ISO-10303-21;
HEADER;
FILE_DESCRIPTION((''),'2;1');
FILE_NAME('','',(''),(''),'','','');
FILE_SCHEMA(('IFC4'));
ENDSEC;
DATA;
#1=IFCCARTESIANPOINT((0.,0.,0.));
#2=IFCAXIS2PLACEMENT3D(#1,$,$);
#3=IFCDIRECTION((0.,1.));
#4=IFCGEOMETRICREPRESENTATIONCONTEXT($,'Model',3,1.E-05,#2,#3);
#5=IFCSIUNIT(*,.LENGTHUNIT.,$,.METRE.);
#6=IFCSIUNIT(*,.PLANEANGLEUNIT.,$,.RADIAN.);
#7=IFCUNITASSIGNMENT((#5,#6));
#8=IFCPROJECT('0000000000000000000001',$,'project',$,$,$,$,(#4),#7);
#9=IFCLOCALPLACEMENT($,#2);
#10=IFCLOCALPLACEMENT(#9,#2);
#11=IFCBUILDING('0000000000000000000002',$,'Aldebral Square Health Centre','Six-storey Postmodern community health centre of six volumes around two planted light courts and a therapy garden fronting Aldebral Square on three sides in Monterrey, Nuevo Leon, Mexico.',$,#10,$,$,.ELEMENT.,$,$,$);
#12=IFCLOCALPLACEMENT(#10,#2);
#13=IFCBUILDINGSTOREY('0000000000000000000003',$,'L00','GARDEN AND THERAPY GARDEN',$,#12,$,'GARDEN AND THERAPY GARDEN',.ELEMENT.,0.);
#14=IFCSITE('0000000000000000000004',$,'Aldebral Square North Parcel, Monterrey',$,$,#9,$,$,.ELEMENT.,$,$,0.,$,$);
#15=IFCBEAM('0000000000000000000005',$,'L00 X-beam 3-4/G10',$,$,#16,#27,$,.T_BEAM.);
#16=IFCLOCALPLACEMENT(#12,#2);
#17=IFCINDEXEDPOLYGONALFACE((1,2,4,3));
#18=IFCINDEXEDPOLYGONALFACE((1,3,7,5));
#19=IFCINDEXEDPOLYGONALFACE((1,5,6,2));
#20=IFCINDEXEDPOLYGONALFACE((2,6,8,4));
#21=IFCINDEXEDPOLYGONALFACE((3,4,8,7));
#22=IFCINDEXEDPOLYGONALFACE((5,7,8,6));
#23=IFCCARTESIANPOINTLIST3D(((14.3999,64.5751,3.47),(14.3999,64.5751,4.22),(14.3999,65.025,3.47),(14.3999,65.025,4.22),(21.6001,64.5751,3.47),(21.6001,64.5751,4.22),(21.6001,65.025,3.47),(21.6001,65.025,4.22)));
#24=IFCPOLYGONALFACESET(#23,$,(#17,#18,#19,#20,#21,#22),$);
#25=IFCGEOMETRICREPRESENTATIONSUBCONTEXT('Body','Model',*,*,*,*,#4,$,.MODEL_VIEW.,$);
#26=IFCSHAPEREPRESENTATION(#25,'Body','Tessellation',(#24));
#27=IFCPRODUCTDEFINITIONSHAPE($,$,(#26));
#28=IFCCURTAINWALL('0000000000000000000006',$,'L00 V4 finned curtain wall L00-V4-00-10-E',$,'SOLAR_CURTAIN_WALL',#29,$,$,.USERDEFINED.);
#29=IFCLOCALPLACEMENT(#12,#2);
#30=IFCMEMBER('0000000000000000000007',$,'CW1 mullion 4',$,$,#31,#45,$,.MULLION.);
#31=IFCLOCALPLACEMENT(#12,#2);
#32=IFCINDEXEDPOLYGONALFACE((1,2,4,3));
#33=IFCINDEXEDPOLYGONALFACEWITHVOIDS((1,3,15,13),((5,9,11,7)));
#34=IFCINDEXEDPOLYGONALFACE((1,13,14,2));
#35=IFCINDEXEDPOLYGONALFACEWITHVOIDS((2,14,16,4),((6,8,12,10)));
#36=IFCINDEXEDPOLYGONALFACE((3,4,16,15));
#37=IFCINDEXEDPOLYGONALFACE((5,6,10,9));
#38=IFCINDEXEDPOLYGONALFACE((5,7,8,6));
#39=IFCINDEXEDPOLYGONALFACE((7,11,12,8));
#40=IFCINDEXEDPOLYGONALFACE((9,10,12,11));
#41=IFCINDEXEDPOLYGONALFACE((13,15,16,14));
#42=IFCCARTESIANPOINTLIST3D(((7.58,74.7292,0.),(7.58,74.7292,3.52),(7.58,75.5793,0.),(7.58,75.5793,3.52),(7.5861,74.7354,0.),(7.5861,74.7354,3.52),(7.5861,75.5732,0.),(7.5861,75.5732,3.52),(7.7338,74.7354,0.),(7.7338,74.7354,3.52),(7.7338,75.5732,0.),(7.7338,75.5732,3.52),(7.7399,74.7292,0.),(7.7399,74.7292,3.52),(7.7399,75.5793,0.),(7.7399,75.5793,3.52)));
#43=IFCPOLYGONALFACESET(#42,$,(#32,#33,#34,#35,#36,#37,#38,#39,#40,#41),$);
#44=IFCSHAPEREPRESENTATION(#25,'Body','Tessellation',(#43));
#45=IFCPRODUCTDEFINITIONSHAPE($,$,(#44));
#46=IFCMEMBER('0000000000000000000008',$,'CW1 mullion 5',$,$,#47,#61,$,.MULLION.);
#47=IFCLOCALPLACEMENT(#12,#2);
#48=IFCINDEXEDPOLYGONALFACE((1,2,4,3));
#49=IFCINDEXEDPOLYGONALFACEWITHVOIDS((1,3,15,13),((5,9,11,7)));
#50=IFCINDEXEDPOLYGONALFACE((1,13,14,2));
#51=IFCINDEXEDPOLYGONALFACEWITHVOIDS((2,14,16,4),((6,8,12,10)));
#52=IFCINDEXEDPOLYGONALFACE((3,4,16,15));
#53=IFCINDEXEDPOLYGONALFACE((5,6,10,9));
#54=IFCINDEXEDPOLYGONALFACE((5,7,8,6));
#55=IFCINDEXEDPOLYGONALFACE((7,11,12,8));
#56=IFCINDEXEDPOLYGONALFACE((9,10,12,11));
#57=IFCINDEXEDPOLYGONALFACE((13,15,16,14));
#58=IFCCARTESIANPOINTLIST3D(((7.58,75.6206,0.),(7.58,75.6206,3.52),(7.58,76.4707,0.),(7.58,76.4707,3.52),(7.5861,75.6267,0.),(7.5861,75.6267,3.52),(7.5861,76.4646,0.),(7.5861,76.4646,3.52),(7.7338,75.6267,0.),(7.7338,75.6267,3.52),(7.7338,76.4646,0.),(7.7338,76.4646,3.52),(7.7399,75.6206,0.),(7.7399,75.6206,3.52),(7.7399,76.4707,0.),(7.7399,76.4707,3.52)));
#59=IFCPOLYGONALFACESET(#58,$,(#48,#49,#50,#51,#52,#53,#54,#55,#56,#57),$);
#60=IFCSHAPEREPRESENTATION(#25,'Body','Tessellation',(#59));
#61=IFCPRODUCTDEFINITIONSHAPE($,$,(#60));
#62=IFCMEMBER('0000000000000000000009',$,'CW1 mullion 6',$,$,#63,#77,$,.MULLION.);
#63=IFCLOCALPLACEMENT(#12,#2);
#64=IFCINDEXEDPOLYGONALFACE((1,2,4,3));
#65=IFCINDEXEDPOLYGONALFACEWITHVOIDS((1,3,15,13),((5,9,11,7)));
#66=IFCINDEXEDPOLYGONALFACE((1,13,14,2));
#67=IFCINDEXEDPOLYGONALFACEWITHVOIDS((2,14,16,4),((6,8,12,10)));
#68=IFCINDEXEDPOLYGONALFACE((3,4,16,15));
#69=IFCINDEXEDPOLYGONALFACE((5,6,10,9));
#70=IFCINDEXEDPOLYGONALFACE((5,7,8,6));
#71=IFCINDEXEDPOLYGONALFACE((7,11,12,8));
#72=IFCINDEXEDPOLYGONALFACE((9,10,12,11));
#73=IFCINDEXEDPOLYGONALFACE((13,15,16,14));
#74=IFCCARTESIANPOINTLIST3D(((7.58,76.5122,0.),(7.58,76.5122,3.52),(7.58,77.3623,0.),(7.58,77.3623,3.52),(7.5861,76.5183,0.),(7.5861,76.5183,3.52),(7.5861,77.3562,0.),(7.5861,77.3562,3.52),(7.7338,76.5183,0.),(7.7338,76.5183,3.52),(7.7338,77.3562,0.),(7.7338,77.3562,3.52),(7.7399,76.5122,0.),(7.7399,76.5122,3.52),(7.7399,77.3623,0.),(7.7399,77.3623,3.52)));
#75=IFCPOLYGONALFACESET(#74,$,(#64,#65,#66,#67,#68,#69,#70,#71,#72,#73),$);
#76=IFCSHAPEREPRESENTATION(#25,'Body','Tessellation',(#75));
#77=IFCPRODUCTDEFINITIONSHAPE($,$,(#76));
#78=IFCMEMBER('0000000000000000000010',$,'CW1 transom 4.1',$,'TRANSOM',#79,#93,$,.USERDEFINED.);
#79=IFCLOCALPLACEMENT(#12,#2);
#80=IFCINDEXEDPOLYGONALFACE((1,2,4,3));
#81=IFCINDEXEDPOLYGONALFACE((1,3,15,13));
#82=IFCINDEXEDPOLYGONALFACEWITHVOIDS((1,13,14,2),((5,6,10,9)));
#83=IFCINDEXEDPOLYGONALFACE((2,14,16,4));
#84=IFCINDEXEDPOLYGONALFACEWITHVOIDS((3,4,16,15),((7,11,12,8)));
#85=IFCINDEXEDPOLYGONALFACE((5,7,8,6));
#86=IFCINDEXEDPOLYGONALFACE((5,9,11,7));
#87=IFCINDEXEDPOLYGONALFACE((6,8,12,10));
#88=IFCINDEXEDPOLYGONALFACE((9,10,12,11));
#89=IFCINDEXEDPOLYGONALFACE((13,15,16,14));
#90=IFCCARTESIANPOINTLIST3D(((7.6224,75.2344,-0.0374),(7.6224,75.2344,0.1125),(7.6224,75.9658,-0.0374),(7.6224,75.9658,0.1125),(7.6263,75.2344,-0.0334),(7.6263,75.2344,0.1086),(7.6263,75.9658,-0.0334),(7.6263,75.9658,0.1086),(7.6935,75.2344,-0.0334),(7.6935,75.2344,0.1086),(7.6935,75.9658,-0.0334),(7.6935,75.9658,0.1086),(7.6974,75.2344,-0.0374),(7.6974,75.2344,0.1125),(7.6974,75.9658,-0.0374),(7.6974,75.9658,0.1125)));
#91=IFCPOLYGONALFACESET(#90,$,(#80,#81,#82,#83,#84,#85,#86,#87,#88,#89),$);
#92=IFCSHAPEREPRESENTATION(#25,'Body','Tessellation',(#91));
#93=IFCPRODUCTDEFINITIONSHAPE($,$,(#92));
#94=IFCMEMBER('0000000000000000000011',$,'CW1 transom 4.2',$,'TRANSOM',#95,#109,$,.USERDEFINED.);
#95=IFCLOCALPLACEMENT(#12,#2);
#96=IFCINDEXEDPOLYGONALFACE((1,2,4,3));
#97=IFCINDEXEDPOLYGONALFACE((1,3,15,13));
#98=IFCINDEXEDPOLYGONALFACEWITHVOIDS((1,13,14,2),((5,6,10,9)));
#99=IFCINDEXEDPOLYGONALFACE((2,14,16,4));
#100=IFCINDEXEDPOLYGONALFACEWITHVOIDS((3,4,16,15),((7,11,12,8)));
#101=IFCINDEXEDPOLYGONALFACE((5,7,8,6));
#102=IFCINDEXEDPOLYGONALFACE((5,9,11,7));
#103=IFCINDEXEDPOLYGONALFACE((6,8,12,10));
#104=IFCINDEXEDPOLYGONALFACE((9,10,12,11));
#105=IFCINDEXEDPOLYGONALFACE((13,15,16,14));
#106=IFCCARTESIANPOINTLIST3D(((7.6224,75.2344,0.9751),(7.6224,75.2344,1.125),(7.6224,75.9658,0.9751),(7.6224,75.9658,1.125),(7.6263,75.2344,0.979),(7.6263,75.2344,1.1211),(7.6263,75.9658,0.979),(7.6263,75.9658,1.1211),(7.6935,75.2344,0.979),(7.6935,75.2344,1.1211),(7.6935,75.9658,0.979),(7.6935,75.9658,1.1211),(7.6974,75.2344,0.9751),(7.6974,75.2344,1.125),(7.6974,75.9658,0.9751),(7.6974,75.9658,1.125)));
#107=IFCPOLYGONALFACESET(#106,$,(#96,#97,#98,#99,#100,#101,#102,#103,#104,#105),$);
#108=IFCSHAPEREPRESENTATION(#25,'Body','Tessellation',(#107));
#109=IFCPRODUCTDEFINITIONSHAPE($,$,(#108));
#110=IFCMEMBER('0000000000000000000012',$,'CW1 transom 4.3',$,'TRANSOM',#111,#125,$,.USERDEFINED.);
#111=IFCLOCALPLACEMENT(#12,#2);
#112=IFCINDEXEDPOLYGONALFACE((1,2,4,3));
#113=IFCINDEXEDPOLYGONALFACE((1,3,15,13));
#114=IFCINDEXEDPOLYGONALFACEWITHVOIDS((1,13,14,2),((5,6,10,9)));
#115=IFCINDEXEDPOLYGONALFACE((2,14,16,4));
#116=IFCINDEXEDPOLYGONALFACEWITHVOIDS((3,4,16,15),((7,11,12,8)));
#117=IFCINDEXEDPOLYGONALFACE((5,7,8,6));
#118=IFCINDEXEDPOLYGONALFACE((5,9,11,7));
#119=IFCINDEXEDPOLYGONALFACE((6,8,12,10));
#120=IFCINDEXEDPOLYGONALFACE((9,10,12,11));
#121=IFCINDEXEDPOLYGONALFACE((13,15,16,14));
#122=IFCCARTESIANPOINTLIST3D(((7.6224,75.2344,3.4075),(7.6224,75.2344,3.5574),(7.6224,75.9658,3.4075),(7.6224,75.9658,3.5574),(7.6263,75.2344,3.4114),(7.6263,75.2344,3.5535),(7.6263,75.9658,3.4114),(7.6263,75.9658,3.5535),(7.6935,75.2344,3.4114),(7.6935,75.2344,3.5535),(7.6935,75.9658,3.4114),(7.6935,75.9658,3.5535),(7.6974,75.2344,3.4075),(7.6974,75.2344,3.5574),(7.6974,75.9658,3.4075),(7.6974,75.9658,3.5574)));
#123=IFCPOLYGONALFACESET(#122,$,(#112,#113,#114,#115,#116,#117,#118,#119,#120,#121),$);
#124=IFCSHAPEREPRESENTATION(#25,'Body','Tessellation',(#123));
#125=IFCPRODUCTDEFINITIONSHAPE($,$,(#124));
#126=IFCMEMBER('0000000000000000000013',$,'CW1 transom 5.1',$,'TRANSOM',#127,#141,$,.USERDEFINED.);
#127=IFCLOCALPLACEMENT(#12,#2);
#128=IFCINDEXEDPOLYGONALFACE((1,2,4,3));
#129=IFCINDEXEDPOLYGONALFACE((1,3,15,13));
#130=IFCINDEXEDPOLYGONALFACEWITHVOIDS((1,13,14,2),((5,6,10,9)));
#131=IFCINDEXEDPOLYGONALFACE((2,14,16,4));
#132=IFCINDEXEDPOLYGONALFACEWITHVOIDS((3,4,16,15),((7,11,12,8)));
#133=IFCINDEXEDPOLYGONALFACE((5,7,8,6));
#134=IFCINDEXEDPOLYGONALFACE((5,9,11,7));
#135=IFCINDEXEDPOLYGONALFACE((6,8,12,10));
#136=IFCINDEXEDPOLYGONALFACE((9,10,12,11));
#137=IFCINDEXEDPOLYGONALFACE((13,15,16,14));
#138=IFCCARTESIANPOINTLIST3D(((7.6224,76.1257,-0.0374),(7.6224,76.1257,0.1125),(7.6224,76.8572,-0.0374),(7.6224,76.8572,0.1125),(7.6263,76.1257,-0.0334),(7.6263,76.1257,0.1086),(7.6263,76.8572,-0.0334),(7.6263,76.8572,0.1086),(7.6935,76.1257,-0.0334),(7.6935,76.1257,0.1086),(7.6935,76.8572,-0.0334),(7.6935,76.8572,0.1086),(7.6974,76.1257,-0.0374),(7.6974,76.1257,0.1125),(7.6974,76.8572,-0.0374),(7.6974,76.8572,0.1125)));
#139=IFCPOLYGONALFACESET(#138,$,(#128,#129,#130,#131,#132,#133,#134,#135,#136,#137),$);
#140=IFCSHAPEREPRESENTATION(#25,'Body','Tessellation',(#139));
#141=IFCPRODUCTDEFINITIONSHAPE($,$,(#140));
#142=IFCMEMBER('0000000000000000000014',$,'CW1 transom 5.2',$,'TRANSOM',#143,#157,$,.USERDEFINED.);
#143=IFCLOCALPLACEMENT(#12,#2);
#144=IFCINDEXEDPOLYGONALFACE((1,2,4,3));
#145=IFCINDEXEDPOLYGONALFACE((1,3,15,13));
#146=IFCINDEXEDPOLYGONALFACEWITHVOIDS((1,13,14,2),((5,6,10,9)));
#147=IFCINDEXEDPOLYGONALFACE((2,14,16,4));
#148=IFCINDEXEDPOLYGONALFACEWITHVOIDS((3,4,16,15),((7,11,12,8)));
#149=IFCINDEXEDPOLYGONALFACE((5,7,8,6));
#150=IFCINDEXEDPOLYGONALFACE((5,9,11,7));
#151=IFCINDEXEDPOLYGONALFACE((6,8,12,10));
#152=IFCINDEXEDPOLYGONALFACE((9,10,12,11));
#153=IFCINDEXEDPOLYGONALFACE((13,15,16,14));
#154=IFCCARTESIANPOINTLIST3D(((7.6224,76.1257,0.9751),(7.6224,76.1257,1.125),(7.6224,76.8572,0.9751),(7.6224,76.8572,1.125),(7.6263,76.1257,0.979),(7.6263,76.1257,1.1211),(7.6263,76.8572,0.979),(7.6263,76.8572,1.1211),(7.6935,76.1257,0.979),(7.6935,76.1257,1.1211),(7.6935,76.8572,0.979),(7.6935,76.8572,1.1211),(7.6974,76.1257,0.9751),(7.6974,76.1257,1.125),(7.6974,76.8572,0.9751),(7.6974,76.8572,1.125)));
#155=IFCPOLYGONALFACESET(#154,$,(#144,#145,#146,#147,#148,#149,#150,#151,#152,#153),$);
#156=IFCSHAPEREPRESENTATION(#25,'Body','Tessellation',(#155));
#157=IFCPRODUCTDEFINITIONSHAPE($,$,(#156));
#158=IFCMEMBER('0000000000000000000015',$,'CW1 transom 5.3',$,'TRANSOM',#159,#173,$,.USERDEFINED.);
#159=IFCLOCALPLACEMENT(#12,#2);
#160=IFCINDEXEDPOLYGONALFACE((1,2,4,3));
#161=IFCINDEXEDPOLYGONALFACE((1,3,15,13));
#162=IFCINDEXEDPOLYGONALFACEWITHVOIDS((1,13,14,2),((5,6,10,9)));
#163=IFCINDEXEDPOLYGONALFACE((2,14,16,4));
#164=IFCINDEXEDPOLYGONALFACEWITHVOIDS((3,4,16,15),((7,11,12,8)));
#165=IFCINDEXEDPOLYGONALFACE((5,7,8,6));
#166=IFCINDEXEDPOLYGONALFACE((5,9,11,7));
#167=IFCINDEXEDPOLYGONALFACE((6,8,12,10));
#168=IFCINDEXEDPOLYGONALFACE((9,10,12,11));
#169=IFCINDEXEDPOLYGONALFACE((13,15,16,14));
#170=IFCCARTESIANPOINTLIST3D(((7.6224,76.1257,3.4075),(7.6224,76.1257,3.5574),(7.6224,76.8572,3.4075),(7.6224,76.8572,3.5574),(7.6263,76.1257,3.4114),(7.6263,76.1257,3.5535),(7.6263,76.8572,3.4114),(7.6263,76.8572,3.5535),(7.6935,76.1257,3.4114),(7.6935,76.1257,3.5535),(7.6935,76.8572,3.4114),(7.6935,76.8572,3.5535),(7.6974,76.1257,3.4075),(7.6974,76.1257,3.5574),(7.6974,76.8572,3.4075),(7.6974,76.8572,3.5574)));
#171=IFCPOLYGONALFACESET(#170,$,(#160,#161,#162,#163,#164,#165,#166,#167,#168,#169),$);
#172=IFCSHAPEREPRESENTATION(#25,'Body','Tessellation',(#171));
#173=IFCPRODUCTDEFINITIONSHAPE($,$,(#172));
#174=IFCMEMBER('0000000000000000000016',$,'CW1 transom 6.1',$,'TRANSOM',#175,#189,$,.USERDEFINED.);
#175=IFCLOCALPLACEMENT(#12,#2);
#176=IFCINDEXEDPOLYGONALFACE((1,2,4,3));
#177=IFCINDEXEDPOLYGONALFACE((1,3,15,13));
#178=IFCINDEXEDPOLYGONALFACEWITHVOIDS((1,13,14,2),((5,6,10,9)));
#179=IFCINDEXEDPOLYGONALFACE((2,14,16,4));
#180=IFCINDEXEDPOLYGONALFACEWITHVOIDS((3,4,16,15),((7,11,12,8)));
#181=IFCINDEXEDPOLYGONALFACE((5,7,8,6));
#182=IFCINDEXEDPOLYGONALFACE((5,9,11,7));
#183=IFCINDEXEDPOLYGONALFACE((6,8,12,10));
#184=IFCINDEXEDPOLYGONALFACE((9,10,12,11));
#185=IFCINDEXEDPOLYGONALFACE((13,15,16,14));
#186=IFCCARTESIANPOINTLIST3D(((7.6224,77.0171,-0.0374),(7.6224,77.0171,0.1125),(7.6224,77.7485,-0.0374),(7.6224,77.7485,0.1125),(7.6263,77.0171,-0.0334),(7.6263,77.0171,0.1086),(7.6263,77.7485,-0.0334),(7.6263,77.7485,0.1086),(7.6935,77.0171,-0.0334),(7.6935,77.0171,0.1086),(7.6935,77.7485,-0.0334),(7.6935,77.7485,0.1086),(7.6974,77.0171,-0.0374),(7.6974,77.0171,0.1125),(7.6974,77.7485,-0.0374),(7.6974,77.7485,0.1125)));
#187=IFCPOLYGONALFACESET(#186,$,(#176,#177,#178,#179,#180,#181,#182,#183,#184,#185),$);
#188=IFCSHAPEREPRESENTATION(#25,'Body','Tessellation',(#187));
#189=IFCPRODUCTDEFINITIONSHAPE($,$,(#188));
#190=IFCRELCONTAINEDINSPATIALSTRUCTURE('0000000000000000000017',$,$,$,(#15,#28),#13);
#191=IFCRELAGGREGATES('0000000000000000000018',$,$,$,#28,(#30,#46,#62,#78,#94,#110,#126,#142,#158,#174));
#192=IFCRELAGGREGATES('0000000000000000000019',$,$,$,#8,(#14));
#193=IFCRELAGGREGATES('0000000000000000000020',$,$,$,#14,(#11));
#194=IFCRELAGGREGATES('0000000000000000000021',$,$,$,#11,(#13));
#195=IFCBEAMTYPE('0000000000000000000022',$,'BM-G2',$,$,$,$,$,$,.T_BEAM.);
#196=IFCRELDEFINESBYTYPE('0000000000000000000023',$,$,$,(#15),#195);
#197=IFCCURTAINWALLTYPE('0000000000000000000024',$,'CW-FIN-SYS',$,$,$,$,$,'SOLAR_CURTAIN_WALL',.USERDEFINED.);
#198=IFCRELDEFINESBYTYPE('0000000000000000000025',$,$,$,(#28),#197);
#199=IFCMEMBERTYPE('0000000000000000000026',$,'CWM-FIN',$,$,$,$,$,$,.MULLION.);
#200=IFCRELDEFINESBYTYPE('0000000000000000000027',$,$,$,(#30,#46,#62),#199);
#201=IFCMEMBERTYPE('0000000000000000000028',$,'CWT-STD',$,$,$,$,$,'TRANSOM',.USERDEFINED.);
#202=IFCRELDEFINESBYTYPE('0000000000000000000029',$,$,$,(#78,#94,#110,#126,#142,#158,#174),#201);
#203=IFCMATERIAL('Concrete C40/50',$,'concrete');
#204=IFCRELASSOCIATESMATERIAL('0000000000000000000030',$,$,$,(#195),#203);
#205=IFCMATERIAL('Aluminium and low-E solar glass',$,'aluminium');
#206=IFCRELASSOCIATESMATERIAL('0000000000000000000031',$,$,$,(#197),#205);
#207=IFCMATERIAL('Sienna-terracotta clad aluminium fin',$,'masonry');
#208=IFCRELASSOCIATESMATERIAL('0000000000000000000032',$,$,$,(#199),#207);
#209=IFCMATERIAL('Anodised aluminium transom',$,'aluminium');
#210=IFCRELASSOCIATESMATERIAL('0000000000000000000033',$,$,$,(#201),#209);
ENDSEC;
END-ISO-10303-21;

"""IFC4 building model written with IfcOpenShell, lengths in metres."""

from ifc_helpers import new_model, si_unit, direction, frame, origin, origin_2d, place, context, subcontext, project, spatial, rectangle, hollow_rectangle, extrude, material, material_profile, profile_set, type_object, element, aggregate, save


model = new_model("IFC4")

# Units and contexts
model_context = context("Model", 3, precision=1e-05, world=origin(), true_north=direction((0.0, 1.0)))
body_context = subcontext(model_context, "Body", "Model", "MODEL_VIEW")
ifc_project = project(units=[si_unit("LENGTHUNIT", "METRE"), si_unit("PLANEANGLEUNIT", "RADIAN")], contexts=[model_context])

# Site, building, storey
site_placement = place(None, origin())
site = spatial("IfcSite", under=ifc_project, at=site_placement, Name="Aldebral Square North Parcel, Monterrey", CompositionType="ELEMENT", RefElevation=0.0)
building_placement = place(site_placement, origin())
building = spatial("IfcBuilding", under=site, at=building_placement, Name="Aldebral Square Health Centre", Description="Six-storey Postmodern community health centre of six volumes around two planted light courts and a therapy garden fronting Aldebral Square on three sides in Monterrey, Nuevo Leon, Mexico.", CompositionType="ELEMENT")
storey_placement = place(building_placement, origin())
storey = spatial("IfcBuildingStorey", under=building, at=storey_placement, Name="L00", Description="GARDEN AND THERAPY GARDEN", LongName="GARDEN AND THERAPY GARDEN", CompositionType="ELEMENT", Elevation=0.0)

# Shared definitions
ifc_material_1 = material(Name="Concrete C40/50", Category="concrete")

# Beam
ifc_material_profile_1 = material_profile(ifc_material_1, rectangle(XDim=0.45, YDim=0.75, at=origin_2d()), Name="RC 450x750")
ifc_profile_set_1 = profile_set([ifc_material_profile_1], Name="Concrete C40/50")
beam_type = type_object("IfcBeamType", Name="BM-G2", PredefinedType="T_BEAM", material=ifc_profile_set_1)
beam_placement = place(storey_placement, frame((14.3999, 64.8, 3.845), z_axis=(1.0, 0.0, 0.0), x_axis=(0.0, 1.0, 0.0)))
element("IfcBeam", 1, at=beam_placement, inside=storey, type_object=beam_type, Name="L00 X-beam 3-4/G10", PredefinedType="T_BEAM", context=body_context, shape_type="SweptSolid", body=[
    extrude(rectangle(XDim=0.45, YDim=0.75, at=origin_2d()), origin(), (0.0, 0.0, 1.0), 7.2002),
])

# Curtain wall, members
ifc_material_2 = material(Name="Aluminium and low-E solar glass", Category="aluminium")
curtain_wall_type = type_object("IfcCurtainWallType", Name="CW-FIN-SYS", ElementType="SOLAR_CURTAIN_WALL", PredefinedType="USERDEFINED", material=ifc_material_2)
curtain_wall_placement = place(storey_placement, origin())
curtain_wall = element("IfcCurtainWall", 2, at=curtain_wall_placement, inside=storey, type_object=curtain_wall_type, Name="L00 V4 finned curtain wall L00-V4-00-10-E", ObjectType="SOLAR_CURTAIN_WALL", PredefinedType="USERDEFINED")
ifc_material_3 = material(Name="Sienna-terracotta clad aluminium fin", Category="masonry")
ifc_material_profile_2 = material_profile(ifc_material_3, hollow_rectangle(XDim=0.1599, YDim=0.8501, WallThickness=0.0061, at=origin_2d()), Name="FIN 160x850x6")
ifc_profile_set_2 = profile_set([ifc_material_profile_2], Name="Sienna-terracotta clad aluminium fin")
member_type_1 = type_object("IfcMemberType", Name="CWM-FIN", PredefinedType="MULLION", material=ifc_profile_set_2)
member_1_placement = place(storey_placement, frame((7.6599, 75.1543, 0.0), z_axis=(0.0, 0.0, 1.0), x_axis=(-1.0, 0.0, 0.0)))
member_1 = element("IfcMember", 3, at=member_1_placement, type_object=member_type_1, Name="CW1 mullion 4", PredefinedType="MULLION", context=body_context, shape_type="SweptSolid", body=[
    extrude(hollow_rectangle(XDim=0.1599, YDim=0.8501, WallThickness=0.0061, at=origin_2d()), origin(), (0.0, 0.0, 1.0), 3.52),
])
member_2_placement = place(storey_placement, frame((7.6599, 76.0457, 0.0), z_axis=(0.0, 0.0, 1.0), x_axis=(-1.0, 0.0, 0.0)))
member_2 = element("IfcMember", 4, at=member_2_placement, type_object=member_type_1, Name="CW1 mullion 5", PredefinedType="MULLION", context=body_context, shape_type="SweptSolid", body=[
    extrude(hollow_rectangle(XDim=0.1599, YDim=0.8501, WallThickness=0.0061, at=origin_2d()), origin(), (0.0, 0.0, 1.0), 3.52),
])
member_3_placement = place(storey_placement, frame((7.6599, 76.9373, 0.0), z_axis=(0.0, 0.0, 1.0), x_axis=(-1.0, 0.0, 0.0)))
member_3 = element("IfcMember", 5, at=member_3_placement, type_object=member_type_1, Name="CW1 mullion 6", PredefinedType="MULLION", context=body_context, shape_type="SweptSolid", body=[
    extrude(hollow_rectangle(XDim=0.1599, YDim=0.8501, WallThickness=0.0061, at=origin_2d()), origin(), (0.0, 0.0, 1.0), 3.52),
])
ifc_material_4 = material(Name="Anodised aluminium transom", Category="aluminium")
ifc_material_profile_3 = material_profile(ifc_material_4, hollow_rectangle(XDim=0.075, YDim=0.1499, WallThickness=0.0039, at=origin_2d()), Name="CWT 75x150x4")
ifc_profile_set_3 = profile_set([ifc_material_profile_3], Name="Anodised aluminium transom")
member_type_2 = type_object("IfcMemberType", Name="CWT-STD", ElementType="TRANSOM", PredefinedType="USERDEFINED", material=ifc_profile_set_3)
member_4_placement = place(storey_placement, frame((7.6599, 75.2344, 0.0376), z_axis=(0.0, 1.0, 0.0), x_axis=(-1.0, 0.0, 0.0)))
member_4 = element("IfcMember", 6, at=member_4_placement, type_object=member_type_2, Name="CW1 transom 4.1", ObjectType="TRANSOM", PredefinedType="USERDEFINED", context=body_context, shape_type="SweptSolid", body=[
    extrude(hollow_rectangle(XDim=0.075, YDim=0.1499, WallThickness=0.0039, at=origin_2d()), origin(), (0.0, 0.0, 1.0), 0.7314),
])
member_5_placement = place(storey_placement, frame((7.6599, 75.2344, 1.05), z_axis=(0.0, 1.0, 0.0), x_axis=(-1.0, 0.0, 0.0)))
member_5 = element("IfcMember", 7, at=member_5_placement, type_object=member_type_2, Name="CW1 transom 4.2", ObjectType="TRANSOM", PredefinedType="USERDEFINED", context=body_context, shape_type="SweptSolid", body=[
    extrude(hollow_rectangle(XDim=0.075, YDim=0.1499, WallThickness=0.0039, at=origin_2d()), origin(), (0.0, 0.0, 1.0), 0.7314),
])
member_6_placement = place(storey_placement, frame((7.6599, 75.2344, 3.4824), z_axis=(0.0, 1.0, 0.0), x_axis=(-1.0, 0.0, 0.0)))
member_6 = element("IfcMember", 8, at=member_6_placement, type_object=member_type_2, Name="CW1 transom 4.3", ObjectType="TRANSOM", PredefinedType="USERDEFINED", context=body_context, shape_type="SweptSolid", body=[
    extrude(hollow_rectangle(XDim=0.075, YDim=0.1499, WallThickness=0.0039, at=origin_2d()), origin(), (0.0, 0.0, 1.0), 0.7314),
])
member_7_placement = place(storey_placement, frame((7.6599, 76.1257, 0.0376), z_axis=(0.0, 1.0, 0.0), x_axis=(-1.0, 0.0, 0.0)))
member_7 = element("IfcMember", 9, at=member_7_placement, type_object=member_type_2, Name="CW1 transom 5.1", ObjectType="TRANSOM", PredefinedType="USERDEFINED", context=body_context, shape_type="SweptSolid", body=[
    extrude(hollow_rectangle(XDim=0.075, YDim=0.1499, WallThickness=0.0039, at=origin_2d()), origin(), (0.0, 0.0, 1.0), 0.7314),
])
member_8_placement = place(storey_placement, frame((7.6599, 76.1257, 1.05), z_axis=(0.0, 1.0, 0.0), x_axis=(-1.0, 0.0, 0.0)))
member_8 = element("IfcMember", 10, at=member_8_placement, type_object=member_type_2, Name="CW1 transom 5.2", ObjectType="TRANSOM", PredefinedType="USERDEFINED", context=body_context, shape_type="SweptSolid", body=[
    extrude(hollow_rectangle(XDim=0.075, YDim=0.1499, WallThickness=0.0039, at=origin_2d()), origin(), (0.0, 0.0, 1.0), 0.7314),
])
member_9_placement = place(storey_placement, frame((7.6599, 76.1257, 3.4824), z_axis=(0.0, 1.0, 0.0), x_axis=(-1.0, 0.0, 0.0)))
member_9 = element("IfcMember", 11, at=member_9_placement, type_object=member_type_2, Name="CW1 transom 5.3", ObjectType="TRANSOM", PredefinedType="USERDEFINED", context=body_context, shape_type="SweptSolid", body=[
    extrude(hollow_rectangle(XDim=0.075, YDim=0.1499, WallThickness=0.0039, at=origin_2d()), origin(), (0.0, 0.0, 1.0), 0.7314),
])
member_10_placement = place(storey_placement, frame((7.6599, 77.0171, 0.0376), z_axis=(0.0, 1.0, 0.0), x_axis=(-1.0, 0.0, 0.0)))
member_10 = element("IfcMember", 12, at=member_10_placement, type_object=member_type_2, Name="CW1 transom 6.1", ObjectType="TRANSOM", PredefinedType="USERDEFINED", context=body_context, shape_type="SweptSolid", body=[
    extrude(hollow_rectangle(XDim=0.075, YDim=0.1499, WallThickness=0.0039, at=origin_2d()), origin(), (0.0, 0.0, 1.0), 0.7314),
])
aggregate(curtain_wall, [member_1, member_2, member_3, member_4, member_5, member_6, member_7, member_8, member_9, member_10])

save(model, "model.ifc")
